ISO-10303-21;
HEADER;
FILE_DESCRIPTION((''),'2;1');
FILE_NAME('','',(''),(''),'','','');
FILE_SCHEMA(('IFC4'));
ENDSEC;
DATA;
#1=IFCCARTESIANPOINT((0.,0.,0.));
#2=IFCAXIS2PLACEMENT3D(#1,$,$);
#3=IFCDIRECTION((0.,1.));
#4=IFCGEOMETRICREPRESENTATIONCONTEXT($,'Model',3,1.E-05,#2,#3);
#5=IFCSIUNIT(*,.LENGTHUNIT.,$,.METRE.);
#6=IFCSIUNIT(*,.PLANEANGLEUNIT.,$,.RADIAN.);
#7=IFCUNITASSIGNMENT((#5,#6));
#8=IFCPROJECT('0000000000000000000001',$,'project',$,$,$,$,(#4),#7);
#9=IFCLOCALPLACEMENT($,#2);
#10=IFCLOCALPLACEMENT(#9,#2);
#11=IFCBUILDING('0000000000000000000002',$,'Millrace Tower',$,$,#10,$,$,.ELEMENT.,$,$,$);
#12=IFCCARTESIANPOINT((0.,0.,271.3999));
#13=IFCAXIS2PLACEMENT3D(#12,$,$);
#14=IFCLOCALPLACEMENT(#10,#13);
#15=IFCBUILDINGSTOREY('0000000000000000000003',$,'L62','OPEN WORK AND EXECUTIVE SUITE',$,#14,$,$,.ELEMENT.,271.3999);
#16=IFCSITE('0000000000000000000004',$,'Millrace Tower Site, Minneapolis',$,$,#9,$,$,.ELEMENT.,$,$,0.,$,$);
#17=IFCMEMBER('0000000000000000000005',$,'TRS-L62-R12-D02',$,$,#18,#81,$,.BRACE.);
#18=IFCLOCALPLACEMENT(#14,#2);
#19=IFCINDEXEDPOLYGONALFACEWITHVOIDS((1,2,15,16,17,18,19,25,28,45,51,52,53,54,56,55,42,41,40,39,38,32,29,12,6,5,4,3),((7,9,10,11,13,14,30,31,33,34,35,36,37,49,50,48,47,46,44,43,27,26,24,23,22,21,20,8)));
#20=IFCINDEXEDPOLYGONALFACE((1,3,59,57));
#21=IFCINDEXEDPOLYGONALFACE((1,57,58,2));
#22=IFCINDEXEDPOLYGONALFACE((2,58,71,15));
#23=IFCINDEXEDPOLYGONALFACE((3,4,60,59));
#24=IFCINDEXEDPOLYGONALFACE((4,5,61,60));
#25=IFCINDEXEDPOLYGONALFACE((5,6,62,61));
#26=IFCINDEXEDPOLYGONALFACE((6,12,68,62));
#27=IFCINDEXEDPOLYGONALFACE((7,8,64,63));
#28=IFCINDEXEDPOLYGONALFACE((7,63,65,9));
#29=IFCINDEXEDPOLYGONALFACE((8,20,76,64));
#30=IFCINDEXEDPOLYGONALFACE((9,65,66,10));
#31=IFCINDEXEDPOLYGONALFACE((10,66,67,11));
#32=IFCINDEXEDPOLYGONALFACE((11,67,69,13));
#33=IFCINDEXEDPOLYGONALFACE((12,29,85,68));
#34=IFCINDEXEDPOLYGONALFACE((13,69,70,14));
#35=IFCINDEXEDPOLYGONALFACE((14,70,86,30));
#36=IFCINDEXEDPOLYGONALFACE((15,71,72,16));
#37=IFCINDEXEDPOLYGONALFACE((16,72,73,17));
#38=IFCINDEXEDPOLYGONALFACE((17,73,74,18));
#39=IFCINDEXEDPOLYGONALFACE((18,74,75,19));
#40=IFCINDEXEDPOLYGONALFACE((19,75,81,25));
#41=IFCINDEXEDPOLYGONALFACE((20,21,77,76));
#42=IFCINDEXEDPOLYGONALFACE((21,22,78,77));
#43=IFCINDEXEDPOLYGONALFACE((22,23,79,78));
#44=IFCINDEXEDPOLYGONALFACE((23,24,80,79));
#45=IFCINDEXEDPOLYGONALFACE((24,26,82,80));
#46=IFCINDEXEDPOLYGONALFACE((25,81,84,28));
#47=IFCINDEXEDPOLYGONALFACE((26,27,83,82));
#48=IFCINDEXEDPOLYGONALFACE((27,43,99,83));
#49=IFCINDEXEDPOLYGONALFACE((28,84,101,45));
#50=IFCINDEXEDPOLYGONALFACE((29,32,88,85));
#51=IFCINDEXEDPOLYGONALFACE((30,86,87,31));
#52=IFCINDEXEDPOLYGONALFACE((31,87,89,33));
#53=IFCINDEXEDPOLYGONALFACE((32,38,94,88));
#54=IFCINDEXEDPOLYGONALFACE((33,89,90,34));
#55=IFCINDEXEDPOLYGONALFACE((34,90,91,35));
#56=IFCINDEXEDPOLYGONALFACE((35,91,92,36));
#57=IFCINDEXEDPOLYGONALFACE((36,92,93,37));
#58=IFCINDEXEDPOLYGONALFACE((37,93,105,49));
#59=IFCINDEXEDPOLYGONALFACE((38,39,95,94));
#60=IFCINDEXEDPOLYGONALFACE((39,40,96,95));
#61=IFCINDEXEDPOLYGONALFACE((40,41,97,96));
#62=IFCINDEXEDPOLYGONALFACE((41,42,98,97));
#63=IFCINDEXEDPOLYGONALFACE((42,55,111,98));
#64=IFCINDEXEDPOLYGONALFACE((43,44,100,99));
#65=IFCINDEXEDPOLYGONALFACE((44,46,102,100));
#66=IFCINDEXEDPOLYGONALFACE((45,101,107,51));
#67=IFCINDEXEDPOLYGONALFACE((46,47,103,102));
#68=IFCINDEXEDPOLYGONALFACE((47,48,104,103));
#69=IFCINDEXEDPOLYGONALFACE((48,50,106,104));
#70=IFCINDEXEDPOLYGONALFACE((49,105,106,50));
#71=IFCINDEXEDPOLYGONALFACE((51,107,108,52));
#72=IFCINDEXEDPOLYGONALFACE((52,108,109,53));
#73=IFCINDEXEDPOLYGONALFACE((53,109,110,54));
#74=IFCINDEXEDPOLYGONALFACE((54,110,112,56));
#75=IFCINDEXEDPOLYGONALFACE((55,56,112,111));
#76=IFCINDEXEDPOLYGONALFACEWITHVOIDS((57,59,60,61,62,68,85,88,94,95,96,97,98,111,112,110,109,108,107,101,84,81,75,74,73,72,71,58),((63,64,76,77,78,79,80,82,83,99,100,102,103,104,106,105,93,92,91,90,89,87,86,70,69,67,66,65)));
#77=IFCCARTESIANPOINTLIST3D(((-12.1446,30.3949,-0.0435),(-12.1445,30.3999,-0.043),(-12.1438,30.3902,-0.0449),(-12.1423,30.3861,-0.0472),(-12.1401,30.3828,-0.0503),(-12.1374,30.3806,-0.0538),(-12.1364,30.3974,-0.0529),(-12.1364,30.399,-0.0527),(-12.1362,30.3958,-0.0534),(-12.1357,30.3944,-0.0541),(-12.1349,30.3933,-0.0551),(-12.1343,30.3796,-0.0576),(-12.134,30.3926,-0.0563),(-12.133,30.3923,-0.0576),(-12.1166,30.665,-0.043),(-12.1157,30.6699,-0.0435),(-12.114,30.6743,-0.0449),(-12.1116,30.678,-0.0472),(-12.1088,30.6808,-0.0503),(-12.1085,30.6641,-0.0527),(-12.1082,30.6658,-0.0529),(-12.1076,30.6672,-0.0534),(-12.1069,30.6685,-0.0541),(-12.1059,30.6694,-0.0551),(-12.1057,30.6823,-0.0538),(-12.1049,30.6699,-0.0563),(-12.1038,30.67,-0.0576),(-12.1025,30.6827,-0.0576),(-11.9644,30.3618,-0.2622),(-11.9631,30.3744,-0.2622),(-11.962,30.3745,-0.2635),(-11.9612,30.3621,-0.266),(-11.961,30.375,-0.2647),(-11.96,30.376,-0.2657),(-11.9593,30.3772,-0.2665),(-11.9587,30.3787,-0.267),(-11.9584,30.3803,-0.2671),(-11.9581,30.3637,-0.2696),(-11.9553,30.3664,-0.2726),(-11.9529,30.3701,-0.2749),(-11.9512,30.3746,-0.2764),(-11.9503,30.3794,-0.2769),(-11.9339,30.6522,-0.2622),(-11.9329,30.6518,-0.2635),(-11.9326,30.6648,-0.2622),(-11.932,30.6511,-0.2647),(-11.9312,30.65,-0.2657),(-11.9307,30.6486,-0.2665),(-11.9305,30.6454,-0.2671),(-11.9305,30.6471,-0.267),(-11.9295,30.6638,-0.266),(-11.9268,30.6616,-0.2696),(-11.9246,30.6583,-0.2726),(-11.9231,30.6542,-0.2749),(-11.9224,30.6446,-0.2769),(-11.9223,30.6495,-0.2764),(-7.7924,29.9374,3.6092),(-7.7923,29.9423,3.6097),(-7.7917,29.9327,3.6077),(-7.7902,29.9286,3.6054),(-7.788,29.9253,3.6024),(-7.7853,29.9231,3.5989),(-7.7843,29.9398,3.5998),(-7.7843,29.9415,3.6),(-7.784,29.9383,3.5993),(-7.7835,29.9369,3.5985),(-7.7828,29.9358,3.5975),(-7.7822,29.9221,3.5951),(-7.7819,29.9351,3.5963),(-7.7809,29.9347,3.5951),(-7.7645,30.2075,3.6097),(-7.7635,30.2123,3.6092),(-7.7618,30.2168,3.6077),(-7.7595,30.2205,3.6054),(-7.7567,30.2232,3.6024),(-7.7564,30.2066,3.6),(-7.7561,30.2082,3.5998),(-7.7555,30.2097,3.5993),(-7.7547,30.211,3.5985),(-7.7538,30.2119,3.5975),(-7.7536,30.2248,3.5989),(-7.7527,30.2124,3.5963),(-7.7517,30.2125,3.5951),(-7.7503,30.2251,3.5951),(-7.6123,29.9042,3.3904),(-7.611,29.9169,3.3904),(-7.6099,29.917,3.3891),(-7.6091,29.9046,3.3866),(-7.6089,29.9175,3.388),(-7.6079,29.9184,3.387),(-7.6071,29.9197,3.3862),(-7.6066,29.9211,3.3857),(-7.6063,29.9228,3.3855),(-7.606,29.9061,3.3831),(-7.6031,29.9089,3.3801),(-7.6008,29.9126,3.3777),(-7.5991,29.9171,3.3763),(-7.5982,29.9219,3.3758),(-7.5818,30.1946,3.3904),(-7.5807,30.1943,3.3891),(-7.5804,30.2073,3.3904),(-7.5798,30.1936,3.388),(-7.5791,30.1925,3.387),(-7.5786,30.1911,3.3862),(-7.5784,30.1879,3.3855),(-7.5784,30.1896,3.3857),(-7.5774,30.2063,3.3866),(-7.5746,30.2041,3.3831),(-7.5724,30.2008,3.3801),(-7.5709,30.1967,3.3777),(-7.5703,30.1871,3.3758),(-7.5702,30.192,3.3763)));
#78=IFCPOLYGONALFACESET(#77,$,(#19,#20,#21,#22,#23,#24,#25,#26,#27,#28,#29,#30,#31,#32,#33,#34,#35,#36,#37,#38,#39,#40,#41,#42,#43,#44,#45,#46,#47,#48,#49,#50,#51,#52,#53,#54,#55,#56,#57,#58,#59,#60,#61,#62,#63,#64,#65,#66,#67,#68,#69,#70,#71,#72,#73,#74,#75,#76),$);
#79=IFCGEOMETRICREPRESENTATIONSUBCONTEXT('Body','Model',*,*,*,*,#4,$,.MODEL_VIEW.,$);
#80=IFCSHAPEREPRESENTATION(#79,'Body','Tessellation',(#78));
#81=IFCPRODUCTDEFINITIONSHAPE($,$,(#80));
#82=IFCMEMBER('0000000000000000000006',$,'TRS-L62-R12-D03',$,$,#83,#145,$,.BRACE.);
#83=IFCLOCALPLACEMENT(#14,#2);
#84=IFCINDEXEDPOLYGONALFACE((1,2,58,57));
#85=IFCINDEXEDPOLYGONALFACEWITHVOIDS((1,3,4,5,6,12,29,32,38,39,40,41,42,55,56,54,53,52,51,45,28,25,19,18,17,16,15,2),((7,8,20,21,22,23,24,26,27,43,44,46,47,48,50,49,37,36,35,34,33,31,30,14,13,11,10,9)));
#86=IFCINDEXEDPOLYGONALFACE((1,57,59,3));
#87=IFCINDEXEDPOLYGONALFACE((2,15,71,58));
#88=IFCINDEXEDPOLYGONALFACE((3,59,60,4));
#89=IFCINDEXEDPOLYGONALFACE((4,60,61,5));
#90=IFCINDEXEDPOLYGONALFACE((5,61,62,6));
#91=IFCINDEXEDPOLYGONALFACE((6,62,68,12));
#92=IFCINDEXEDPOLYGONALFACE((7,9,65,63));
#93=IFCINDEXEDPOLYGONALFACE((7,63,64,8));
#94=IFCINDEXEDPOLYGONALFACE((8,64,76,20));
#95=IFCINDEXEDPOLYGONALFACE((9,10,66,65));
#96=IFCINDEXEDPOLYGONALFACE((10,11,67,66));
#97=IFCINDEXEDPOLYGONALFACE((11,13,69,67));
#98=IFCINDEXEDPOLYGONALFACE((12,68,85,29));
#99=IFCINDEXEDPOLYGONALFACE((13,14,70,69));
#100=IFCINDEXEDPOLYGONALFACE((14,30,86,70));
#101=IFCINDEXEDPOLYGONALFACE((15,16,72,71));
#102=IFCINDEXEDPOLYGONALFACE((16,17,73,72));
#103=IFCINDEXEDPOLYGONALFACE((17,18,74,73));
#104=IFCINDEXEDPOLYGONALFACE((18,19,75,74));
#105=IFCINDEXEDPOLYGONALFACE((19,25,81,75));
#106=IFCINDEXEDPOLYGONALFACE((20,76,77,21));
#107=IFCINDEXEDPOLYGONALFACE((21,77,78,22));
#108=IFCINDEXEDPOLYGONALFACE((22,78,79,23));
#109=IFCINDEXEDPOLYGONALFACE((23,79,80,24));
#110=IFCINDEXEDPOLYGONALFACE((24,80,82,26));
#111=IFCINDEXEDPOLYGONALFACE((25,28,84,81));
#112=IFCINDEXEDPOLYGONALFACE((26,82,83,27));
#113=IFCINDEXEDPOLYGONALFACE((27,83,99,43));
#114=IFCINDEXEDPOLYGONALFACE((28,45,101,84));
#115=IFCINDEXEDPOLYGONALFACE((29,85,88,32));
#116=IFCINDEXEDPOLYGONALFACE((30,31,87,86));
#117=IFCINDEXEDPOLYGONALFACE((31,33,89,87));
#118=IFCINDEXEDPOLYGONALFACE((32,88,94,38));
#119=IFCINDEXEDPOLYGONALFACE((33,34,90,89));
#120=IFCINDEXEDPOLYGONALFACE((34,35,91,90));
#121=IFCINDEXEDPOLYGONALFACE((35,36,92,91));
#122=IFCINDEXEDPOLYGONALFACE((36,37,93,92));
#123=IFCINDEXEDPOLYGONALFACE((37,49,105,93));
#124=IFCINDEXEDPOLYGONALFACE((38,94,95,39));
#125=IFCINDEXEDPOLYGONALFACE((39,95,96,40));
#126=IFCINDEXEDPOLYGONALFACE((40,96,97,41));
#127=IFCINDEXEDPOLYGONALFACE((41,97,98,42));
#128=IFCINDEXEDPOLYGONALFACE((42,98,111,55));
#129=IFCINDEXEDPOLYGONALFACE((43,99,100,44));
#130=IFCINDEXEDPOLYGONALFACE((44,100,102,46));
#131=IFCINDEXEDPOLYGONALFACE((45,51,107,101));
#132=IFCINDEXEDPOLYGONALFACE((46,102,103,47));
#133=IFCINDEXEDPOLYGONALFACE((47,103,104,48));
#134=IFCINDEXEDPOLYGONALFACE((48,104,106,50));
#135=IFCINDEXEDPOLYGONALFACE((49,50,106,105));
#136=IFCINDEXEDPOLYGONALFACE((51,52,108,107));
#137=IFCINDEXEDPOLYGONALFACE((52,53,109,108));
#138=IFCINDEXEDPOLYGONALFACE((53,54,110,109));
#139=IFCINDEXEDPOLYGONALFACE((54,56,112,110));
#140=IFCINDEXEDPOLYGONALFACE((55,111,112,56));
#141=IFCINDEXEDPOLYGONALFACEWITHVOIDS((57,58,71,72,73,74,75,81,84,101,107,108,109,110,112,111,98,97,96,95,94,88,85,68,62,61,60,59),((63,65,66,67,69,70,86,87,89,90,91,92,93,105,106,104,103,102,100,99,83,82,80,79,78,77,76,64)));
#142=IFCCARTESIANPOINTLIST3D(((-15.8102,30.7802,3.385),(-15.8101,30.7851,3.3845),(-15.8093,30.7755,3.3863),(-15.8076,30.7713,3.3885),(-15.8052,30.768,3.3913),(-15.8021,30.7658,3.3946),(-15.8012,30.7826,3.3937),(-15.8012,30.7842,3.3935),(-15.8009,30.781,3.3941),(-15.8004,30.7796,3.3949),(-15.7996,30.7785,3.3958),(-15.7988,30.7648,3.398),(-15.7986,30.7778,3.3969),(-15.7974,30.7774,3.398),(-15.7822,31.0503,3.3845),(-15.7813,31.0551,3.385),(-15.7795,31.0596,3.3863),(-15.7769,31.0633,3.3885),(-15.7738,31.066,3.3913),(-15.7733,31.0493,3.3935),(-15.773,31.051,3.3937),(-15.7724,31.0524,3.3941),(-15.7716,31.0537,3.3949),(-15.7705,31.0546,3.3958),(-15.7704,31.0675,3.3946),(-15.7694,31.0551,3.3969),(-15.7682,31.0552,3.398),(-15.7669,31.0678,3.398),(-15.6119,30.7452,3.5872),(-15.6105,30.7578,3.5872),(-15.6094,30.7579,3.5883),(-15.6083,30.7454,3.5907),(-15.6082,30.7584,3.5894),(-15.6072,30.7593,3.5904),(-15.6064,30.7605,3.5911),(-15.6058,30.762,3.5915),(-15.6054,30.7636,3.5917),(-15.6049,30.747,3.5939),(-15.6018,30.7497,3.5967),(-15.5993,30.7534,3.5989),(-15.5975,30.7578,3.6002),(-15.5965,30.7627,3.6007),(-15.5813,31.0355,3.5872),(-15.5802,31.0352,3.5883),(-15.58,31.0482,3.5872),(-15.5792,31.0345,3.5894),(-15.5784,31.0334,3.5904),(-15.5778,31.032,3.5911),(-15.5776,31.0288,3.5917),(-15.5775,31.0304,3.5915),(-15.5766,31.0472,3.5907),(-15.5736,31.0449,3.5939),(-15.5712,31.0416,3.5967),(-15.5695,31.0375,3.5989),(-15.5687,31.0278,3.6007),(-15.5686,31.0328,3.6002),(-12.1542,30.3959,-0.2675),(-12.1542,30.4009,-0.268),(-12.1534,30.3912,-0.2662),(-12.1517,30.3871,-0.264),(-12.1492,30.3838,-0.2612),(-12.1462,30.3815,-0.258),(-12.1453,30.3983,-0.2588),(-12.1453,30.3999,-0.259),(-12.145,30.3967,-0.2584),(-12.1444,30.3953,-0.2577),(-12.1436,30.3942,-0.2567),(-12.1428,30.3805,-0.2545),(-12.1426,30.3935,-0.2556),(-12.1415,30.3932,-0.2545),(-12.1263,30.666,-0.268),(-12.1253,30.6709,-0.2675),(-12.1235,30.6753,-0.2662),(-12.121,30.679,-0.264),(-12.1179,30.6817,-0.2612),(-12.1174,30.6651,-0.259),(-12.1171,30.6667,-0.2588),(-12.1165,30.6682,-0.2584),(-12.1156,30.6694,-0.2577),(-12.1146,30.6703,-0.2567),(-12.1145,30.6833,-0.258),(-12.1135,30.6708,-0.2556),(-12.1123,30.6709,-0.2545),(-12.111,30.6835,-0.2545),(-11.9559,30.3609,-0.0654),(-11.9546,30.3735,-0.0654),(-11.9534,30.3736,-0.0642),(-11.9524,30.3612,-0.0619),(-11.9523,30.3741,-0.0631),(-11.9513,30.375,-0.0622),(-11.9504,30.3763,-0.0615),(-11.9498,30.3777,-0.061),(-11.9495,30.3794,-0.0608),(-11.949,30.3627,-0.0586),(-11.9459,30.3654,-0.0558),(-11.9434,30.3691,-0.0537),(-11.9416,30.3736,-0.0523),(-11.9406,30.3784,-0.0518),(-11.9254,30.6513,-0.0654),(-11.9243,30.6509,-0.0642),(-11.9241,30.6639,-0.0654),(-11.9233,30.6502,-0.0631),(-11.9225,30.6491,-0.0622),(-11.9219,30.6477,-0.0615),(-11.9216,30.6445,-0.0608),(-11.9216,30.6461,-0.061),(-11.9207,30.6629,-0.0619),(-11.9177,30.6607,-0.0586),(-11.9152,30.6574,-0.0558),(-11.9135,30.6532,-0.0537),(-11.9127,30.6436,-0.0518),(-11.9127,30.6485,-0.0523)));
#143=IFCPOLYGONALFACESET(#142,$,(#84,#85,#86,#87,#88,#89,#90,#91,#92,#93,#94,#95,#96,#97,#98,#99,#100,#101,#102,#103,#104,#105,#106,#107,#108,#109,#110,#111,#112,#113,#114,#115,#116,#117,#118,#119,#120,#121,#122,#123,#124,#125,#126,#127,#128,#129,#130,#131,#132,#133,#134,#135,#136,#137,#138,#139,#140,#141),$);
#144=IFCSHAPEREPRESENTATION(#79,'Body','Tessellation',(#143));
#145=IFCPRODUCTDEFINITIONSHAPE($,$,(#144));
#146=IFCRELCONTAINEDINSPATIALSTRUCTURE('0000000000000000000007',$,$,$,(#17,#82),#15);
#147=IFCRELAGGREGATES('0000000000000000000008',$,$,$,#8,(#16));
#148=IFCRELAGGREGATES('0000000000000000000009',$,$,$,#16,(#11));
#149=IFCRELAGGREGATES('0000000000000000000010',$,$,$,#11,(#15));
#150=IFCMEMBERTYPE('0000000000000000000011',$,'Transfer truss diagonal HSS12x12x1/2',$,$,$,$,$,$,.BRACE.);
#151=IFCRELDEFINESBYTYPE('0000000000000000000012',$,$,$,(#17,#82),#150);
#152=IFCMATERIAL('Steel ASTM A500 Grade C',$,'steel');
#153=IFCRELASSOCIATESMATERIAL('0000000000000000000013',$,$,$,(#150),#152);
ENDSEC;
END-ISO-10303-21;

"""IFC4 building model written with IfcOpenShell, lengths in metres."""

from ifc_helpers import new_model, si_unit, direction, frame, origin, origin_2d, place, context, subcontext, project, spatial, hollow_rectangle, extrude, material, material_profile, profile_set, type_object, element, save


model = new_model("IFC4")

# Units and contexts
model_context = context("Model", 3, precision=1e-05, world=origin(), true_north=direction((0.0, 1.0)))
body_context = subcontext(model_context, "Body", "Model", "MODEL_VIEW")
ifc_project = project(units=[si_unit("LENGTHUNIT", "METRE"), si_unit("PLANEANGLEUNIT", "RADIAN")], contexts=[model_context])

# Site, building, storey
site_placement = place(None, origin())
site = spatial("IfcSite", under=ifc_project, at=site_placement, Name="Millrace Tower Site, Minneapolis", CompositionType="ELEMENT", RefElevation=0.0)
building_placement = place(site_placement, origin())
building = spatial("IfcBuilding", under=site, at=building_placement, Name="Millrace Tower", CompositionType="ELEMENT")
storey_placement = place(building_placement, frame((0.0, 0.0, 271.3999)))
storey = spatial("IfcBuildingStorey", under=building, at=storey_placement, Name="L62", Description="OPEN WORK AND EXECUTIVE SUITE", CompositionType="ELEMENT", Elevation=271.3999)

# Members
ifc_material_1 = material(Name="Steel ASTM A500 Grade C", Category="steel")
ifc_material_profile_1 = material_profile(ifc_material_1, hollow_rectangle(XDim=0.3047, YDim=0.3047, WallThickness=0.0127, InnerFilletRadius=0.0063, OuterFilletRadius=0.019, at=origin_2d()))
ifc_profile_set_1 = profile_set([ifc_material_profile_1], Name="Steel ASTM A500 Grade C")
member_type_1 = type_object("IfcMemberType", Name="Transfer truss diagonal HSS12x12x1/2", PredefinedType="BRACE", material=ifc_profile_set_1)
member_1_placement = place(storey_placement, frame((-12.0334, 30.5222, -0.1599), z_axis=(0.763505, -0.080265, 0.640794), x_axis=(0.104551, 0.99452, 0.0)))
element("IfcMember", 1, at=member_1_placement, inside=storey, type_object=member_type_1, Name="TRS-L62-R12-D02", PredefinedType="BRACE", context=body_context, shape_type="SweptSolid", body=[
    extrude(hollow_rectangle(XDim=0.3047, YDim=0.3047, WallThickness=0.0127, InnerFilletRadius=0.0063, OuterFilletRadius=0.019, at=origin_2d()), origin(), (0.0, 0.0, 1.0), 5.7002),
])
member_2_placement = place(storey_placement, frame((-12.0334, 30.5222, -0.1599), z_axis=(-0.70549, 0.074153, 0.70483), x_axis=(-0.104533, -0.994521, 0.0)))
element("IfcMember", 2, at=member_2_placement, inside=storey, type_object=member_type_1, Name="TRS-L62-R12-D03", PredefinedType="BRACE", context=body_context, shape_type="SweptSolid", body=[
    extrude(hollow_rectangle(XDim=0.3047, YDim=0.3047, WallThickness=0.0127, InnerFilletRadius=0.0063, OuterFilletRadius=0.019, at=origin_2d()), origin(), (0.0, 0.0, 1.0), 5.1821),
])

save(model, "model.ifc")
